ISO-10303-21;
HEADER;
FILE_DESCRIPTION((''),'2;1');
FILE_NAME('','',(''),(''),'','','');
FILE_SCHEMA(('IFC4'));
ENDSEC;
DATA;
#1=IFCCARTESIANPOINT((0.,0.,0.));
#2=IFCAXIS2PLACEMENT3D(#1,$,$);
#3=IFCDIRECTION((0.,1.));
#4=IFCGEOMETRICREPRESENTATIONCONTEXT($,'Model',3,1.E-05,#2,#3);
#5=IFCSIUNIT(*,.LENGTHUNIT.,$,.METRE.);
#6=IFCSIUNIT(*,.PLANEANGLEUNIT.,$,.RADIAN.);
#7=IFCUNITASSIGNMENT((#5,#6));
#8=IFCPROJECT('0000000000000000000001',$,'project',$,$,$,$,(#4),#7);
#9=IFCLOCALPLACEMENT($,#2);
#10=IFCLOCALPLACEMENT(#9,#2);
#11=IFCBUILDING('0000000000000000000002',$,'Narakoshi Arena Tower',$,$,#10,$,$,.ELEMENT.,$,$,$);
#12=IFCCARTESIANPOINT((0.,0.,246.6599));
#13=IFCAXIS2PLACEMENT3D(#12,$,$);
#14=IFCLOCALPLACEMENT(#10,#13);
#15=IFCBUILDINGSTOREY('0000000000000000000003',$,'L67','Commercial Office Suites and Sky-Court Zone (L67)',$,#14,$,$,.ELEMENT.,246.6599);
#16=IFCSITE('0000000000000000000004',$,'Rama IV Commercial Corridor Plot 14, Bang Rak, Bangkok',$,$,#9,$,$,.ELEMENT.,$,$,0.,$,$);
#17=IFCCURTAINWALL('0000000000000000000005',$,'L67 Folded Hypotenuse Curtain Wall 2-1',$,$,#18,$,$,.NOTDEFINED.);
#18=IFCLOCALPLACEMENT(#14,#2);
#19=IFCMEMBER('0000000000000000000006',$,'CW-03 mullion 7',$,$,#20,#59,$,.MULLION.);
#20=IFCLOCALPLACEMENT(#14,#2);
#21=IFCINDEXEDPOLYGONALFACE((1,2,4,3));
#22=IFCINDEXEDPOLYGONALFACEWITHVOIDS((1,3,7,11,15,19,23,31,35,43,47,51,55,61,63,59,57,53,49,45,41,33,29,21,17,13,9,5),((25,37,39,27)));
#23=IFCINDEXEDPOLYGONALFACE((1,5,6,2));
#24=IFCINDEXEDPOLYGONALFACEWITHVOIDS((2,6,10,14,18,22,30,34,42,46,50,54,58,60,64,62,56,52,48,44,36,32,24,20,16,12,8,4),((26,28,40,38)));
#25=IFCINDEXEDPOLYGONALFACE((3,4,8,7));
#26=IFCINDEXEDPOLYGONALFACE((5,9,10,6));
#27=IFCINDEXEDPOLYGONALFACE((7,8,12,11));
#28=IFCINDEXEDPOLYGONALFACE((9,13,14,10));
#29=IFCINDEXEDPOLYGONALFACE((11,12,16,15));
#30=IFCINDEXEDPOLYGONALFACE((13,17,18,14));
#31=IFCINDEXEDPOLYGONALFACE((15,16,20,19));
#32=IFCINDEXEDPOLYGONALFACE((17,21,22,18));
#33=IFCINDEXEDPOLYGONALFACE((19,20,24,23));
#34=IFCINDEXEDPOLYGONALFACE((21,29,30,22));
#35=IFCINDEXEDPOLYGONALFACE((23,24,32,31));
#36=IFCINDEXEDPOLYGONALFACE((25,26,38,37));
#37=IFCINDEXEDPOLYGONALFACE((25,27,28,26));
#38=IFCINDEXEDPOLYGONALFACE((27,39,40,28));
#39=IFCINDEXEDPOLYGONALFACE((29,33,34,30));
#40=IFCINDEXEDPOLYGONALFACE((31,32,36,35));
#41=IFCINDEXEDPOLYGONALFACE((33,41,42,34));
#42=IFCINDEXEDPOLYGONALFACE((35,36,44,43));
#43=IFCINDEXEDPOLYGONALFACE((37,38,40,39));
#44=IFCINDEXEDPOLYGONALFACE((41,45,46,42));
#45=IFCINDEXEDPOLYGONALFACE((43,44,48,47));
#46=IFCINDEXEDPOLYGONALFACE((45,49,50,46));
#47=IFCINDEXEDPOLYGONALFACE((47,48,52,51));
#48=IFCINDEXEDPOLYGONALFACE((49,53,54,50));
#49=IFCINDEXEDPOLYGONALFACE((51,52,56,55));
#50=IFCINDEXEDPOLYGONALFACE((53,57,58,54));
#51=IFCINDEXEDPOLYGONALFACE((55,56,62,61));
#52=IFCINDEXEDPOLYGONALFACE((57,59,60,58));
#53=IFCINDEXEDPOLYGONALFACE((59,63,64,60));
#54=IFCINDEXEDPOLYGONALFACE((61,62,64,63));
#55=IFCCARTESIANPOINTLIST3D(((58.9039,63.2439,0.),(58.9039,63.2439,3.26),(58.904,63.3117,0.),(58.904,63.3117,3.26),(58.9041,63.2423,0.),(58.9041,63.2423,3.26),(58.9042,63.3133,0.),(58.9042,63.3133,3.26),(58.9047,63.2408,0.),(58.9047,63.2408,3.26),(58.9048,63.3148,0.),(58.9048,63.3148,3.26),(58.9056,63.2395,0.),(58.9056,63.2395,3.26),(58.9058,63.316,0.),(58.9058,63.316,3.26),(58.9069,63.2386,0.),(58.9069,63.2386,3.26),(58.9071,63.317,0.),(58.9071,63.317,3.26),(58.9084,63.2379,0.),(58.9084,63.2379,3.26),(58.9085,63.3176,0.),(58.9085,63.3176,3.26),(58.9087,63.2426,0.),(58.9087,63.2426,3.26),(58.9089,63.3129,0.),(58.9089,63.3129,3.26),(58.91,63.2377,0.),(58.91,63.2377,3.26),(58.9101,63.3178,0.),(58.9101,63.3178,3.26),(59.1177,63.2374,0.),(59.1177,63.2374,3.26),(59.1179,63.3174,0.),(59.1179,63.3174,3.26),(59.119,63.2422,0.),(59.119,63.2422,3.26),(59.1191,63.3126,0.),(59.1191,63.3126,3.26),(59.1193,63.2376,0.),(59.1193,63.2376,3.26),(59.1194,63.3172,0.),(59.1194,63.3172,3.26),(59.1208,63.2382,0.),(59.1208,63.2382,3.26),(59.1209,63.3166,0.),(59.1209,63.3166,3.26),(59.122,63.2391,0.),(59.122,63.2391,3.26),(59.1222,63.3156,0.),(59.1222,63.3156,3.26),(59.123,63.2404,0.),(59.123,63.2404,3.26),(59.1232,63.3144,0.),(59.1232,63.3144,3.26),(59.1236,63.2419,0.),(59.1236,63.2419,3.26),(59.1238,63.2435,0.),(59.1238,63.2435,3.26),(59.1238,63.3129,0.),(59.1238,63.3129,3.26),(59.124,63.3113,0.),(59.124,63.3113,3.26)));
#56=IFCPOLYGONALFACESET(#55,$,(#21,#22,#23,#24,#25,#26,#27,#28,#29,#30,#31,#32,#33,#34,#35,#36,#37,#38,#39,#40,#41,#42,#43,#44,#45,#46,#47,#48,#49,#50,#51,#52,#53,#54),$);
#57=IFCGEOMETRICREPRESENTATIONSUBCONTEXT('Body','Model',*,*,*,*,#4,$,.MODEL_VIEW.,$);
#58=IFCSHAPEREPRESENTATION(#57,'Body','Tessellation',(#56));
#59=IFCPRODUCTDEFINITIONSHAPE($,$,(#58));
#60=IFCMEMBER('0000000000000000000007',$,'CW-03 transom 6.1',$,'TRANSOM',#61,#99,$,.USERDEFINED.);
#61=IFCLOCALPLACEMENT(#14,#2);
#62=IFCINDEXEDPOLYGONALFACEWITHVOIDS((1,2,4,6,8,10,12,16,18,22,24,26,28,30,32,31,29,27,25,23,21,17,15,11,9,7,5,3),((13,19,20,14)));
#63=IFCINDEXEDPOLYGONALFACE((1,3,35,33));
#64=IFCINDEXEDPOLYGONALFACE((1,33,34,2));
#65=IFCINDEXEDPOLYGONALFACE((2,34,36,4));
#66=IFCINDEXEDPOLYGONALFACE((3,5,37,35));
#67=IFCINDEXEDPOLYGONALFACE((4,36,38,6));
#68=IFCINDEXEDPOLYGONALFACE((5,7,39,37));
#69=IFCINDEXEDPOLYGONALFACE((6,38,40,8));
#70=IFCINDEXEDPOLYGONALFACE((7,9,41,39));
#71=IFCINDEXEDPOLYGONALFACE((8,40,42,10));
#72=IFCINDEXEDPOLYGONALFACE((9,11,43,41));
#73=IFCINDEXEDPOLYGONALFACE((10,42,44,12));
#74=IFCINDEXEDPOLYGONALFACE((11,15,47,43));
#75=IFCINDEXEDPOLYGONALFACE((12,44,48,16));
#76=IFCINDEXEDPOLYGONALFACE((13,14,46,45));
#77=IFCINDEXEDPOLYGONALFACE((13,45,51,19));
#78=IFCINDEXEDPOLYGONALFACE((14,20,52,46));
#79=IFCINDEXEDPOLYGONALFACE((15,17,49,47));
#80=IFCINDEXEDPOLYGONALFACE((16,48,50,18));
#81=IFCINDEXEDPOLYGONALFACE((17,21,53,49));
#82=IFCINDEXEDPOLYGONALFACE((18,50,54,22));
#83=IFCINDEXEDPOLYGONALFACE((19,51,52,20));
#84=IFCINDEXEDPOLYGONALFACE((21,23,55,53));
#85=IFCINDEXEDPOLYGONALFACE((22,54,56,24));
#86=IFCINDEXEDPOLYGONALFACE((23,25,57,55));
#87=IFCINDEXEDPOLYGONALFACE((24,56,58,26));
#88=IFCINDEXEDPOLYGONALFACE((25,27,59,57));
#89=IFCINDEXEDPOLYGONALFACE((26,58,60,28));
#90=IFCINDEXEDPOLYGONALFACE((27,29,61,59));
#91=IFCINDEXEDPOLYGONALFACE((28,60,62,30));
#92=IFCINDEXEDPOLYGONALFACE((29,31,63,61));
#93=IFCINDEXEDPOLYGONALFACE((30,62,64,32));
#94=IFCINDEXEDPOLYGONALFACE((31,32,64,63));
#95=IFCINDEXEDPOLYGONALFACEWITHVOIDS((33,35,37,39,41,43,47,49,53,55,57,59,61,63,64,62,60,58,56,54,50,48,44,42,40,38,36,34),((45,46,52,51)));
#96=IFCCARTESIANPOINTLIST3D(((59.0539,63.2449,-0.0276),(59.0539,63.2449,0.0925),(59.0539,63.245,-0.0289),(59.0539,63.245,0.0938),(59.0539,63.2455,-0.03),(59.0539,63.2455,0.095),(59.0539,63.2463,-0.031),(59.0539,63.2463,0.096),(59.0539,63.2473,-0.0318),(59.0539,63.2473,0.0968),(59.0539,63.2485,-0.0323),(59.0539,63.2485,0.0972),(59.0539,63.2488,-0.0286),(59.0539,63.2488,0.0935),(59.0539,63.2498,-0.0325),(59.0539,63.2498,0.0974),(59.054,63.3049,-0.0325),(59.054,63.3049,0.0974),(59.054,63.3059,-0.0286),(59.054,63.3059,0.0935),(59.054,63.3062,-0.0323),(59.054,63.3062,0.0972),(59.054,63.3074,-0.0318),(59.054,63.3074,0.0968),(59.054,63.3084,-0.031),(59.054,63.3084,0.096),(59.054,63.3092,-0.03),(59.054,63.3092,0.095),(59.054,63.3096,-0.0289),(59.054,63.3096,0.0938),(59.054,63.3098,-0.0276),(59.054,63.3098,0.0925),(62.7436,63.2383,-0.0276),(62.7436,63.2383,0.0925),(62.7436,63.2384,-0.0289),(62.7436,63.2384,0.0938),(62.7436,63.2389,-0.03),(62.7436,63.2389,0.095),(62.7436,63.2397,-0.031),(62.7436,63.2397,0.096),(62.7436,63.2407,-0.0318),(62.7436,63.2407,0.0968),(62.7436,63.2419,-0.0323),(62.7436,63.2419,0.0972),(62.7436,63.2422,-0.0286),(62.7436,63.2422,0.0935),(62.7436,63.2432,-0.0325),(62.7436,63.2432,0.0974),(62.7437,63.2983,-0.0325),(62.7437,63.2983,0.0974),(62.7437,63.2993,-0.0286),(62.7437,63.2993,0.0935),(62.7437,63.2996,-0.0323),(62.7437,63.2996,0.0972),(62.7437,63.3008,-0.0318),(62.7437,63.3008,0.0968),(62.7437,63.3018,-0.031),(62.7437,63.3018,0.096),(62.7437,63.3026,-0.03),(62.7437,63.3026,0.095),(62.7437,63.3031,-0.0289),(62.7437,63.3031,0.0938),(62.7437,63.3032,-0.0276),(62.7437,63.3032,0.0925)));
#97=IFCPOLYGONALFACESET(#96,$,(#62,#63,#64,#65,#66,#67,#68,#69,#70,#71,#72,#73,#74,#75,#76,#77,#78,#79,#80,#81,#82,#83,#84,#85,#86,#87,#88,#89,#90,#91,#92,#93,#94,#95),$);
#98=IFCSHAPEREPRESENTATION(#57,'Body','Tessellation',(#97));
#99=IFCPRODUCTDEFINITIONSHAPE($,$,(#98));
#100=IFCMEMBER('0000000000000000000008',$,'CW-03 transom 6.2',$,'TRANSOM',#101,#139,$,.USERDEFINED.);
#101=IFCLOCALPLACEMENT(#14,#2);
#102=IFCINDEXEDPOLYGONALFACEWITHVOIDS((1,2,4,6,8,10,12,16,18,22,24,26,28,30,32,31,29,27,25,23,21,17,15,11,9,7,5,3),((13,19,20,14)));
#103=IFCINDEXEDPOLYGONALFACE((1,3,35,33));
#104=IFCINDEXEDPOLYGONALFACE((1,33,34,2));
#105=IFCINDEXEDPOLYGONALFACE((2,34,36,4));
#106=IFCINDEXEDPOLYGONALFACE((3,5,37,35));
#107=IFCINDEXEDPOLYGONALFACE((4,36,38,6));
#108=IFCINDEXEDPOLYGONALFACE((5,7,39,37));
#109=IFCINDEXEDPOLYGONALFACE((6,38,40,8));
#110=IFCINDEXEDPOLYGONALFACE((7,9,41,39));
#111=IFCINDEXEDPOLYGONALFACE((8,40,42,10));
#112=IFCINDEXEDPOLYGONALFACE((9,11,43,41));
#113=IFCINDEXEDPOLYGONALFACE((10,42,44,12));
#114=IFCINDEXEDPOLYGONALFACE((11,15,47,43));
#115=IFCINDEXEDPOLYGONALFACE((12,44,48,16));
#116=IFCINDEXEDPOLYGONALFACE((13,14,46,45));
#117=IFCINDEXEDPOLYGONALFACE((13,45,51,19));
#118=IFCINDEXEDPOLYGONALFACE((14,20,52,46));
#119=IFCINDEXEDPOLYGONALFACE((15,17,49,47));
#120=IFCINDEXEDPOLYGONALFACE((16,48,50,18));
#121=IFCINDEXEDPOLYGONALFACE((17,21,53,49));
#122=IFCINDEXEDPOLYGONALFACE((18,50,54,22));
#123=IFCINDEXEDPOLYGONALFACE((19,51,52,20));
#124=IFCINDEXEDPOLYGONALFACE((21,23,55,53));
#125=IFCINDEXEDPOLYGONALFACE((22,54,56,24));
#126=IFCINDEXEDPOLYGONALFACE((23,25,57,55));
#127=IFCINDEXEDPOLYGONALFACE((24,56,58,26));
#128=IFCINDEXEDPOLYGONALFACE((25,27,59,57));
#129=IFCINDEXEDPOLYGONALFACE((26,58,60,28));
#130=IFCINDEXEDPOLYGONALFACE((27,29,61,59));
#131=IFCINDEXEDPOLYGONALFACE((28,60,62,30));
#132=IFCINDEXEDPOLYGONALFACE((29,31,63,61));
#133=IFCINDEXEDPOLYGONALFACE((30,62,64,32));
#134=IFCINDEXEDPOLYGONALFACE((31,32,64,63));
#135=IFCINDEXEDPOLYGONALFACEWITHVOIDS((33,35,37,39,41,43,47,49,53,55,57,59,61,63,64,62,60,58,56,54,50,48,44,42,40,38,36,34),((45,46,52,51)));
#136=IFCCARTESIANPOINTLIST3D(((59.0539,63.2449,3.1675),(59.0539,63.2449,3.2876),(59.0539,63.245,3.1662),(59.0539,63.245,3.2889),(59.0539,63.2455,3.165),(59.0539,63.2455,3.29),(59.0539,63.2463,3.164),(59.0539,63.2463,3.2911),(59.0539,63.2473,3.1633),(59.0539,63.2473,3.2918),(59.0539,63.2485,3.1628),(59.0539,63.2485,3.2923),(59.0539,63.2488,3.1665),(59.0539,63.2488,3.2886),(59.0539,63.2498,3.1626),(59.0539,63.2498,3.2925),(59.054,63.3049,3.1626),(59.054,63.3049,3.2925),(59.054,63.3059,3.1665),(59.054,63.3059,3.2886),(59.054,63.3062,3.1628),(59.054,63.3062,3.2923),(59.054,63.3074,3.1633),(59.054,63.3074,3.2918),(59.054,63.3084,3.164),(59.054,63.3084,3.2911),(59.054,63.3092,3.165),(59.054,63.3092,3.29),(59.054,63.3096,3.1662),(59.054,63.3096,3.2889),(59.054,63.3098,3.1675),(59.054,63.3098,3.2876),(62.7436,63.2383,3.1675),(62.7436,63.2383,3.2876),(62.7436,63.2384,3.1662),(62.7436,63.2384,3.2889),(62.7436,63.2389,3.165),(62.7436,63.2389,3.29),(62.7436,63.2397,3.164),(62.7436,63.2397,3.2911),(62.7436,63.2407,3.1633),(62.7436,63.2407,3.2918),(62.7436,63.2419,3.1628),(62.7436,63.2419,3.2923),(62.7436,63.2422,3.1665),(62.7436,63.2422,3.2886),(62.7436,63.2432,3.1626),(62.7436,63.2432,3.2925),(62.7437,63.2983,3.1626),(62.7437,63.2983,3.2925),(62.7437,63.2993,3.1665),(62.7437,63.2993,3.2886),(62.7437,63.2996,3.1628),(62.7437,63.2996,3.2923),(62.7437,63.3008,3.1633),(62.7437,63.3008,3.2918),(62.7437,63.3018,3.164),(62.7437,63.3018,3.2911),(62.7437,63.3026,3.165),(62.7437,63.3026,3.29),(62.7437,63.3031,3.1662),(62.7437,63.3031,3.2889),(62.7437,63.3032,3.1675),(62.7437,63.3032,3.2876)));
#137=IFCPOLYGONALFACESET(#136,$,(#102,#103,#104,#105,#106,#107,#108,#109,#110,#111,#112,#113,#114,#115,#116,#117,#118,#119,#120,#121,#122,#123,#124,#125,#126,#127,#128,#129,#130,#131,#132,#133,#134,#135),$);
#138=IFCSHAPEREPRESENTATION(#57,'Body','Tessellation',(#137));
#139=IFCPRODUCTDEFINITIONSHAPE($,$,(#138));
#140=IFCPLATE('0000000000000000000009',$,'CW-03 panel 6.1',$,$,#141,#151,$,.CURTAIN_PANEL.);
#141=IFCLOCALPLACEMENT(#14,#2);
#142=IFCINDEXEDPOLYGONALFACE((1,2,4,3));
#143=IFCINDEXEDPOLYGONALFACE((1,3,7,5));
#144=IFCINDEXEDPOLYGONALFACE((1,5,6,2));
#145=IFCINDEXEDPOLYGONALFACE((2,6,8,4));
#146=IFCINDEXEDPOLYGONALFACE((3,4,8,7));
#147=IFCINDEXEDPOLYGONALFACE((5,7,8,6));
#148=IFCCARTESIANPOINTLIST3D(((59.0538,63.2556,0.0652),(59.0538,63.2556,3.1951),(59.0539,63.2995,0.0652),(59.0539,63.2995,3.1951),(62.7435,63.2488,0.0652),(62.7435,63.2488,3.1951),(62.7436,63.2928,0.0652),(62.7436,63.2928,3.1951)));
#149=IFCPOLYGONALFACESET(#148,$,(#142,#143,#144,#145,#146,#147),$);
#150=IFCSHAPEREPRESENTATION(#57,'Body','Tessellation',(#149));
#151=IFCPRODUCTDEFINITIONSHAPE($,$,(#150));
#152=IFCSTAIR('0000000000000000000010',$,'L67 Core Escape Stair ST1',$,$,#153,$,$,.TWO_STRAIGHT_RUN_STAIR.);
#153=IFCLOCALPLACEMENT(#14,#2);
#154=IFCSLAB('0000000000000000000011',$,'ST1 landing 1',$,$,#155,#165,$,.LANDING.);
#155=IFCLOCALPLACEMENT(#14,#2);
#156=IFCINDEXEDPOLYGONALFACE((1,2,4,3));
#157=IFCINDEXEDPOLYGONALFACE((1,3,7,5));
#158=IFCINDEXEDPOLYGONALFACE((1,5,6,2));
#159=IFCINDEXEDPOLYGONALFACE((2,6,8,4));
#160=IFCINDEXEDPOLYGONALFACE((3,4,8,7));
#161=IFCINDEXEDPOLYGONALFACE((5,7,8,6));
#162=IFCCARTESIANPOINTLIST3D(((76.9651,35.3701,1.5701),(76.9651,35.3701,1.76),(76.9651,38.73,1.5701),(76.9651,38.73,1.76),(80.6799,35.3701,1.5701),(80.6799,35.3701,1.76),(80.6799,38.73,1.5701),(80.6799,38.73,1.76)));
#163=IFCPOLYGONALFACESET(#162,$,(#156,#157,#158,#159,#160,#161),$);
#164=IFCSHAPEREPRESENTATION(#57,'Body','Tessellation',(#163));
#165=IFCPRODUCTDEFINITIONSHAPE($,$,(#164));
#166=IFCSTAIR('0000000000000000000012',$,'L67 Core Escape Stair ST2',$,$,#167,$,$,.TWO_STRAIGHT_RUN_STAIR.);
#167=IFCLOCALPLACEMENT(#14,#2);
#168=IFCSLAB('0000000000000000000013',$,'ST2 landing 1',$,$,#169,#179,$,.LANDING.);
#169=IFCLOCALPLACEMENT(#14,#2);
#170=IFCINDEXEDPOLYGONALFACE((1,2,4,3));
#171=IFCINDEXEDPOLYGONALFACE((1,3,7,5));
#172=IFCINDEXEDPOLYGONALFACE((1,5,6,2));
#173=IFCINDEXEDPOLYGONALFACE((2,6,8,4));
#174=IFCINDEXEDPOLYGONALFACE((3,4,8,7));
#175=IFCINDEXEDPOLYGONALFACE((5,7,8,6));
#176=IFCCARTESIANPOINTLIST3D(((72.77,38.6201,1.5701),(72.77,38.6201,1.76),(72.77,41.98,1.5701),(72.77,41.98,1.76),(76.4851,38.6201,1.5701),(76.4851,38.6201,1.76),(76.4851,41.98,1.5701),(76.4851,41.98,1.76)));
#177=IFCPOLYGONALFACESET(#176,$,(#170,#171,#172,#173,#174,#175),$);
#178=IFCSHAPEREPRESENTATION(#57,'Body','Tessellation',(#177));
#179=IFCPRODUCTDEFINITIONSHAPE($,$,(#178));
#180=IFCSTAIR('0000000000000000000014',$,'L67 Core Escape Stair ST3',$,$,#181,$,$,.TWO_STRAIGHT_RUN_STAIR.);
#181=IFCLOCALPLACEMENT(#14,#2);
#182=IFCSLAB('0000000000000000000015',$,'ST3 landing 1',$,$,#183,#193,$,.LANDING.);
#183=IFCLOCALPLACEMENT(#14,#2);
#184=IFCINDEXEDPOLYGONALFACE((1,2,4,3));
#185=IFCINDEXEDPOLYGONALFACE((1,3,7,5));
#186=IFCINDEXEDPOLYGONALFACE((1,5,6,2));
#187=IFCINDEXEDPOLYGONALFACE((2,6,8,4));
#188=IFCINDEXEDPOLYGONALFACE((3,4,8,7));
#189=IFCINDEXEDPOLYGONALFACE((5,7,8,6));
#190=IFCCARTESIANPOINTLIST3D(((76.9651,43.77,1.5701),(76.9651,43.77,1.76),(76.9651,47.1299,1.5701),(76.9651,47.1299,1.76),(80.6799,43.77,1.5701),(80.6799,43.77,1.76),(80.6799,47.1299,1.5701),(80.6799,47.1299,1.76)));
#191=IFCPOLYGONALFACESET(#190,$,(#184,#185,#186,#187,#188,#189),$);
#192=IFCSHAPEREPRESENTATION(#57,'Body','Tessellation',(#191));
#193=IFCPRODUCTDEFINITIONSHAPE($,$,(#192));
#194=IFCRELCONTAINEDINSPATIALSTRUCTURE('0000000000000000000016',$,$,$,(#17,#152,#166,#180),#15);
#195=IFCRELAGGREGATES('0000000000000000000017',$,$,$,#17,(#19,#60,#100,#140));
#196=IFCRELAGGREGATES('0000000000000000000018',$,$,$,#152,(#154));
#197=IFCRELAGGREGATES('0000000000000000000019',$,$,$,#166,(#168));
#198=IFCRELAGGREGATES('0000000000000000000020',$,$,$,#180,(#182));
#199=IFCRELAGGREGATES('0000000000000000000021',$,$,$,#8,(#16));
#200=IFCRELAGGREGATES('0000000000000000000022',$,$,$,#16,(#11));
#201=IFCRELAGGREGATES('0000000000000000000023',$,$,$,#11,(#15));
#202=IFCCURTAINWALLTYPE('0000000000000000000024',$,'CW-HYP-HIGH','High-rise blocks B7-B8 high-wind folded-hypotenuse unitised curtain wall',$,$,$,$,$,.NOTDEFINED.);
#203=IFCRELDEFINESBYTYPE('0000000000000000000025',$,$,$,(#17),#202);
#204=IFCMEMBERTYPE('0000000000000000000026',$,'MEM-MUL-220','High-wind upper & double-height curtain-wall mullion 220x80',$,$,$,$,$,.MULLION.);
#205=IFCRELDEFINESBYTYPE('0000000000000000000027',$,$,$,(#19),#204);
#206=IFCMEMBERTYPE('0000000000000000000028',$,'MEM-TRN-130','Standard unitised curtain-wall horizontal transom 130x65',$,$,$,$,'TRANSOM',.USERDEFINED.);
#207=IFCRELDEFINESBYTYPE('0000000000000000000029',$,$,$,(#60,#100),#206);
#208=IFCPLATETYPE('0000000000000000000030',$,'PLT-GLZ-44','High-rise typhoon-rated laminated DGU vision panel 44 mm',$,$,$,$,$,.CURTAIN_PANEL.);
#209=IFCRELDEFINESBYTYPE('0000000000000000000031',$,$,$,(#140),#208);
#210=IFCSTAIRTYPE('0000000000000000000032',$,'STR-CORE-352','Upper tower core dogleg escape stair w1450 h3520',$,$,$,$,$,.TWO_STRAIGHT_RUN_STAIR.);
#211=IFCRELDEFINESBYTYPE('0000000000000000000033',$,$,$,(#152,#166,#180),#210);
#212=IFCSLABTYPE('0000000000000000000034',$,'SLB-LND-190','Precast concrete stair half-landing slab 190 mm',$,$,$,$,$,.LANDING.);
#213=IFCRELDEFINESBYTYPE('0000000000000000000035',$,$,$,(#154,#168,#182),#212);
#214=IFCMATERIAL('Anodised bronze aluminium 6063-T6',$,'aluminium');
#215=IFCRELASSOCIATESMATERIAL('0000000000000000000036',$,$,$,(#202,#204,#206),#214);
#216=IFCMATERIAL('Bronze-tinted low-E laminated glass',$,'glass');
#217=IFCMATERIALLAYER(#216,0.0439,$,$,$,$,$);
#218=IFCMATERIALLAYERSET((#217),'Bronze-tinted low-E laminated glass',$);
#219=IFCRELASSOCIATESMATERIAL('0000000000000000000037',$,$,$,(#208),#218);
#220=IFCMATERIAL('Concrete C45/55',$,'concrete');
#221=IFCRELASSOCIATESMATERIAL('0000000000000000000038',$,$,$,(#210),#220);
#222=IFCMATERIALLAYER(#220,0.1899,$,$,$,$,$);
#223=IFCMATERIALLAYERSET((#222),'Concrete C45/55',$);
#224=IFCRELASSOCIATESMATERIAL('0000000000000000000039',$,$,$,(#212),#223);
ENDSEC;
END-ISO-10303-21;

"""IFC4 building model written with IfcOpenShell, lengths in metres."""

from ifc_helpers import new_model, si_unit, direction, frame, origin, origin_2d, place, context, subcontext, project, spatial, polyline, rectangle, hollow_rectangle, outline, extrude, material, layer, layer_set, material_profile, profile_set, type_object, element, aggregate, save


model = new_model("IFC4")

# Units and contexts
model_context = context("Model", 3, precision=1e-05, world=origin(), true_north=direction((0.0, 1.0)))
body_context = subcontext(model_context, "Body", "Model", "MODEL_VIEW")
ifc_project = project(units=[si_unit("LENGTHUNIT", "METRE"), si_unit("PLANEANGLEUNIT", "RADIAN")], contexts=[model_context])

# Site, building, storey
site_placement = place(None, origin())
site = spatial("IfcSite", under=ifc_project, at=site_placement, Name="Rama IV Commercial Corridor Plot 14, Bang Rak, Bangkok", CompositionType="ELEMENT", RefElevation=0.0)
building_placement = place(site_placement, origin())
building = spatial("IfcBuilding", under=site, at=building_placement, Name="Narakoshi Arena Tower", CompositionType="ELEMENT")
storey_placement = place(building_placement, frame((0.0, 0.0, 246.6599)))
storey = spatial("IfcBuildingStorey", under=building, at=storey_placement, Name="L67", Description="Commercial Office Suites and Sky-Court Zone (L67)", CompositionType="ELEMENT", Elevation=246.6599)

# Curtain wall, members, plate
ifc_material_1 = material(Name="Anodised bronze aluminium 6063-T6", Category="aluminium")
curtain_wall_type = type_object("IfcCurtainWallType", Name="CW-HYP-HIGH", Description="High-rise blocks B7-B8 high-wind folded-hypotenuse unitised curtain wall", PredefinedType="NOTDEFINED", material=ifc_material_1)
curtain_wall_placement = place(storey_placement, origin())
curtain_wall = element("IfcCurtainWall", 1, at=curtain_wall_placement, inside=storey, type_object=curtain_wall_type, Name="L67 Folded Hypotenuse Curtain Wall 2-1", PredefinedType="NOTDEFINED")
ifc_material_profile_1 = material_profile(ifc_material_1, hollow_rectangle(XDim=0.0801, YDim=0.22, WallThickness=0.0049, OuterFilletRadius=0.0061, at=origin_2d()), Name="MUL220x80x5")
ifc_profile_set_1 = profile_set([ifc_material_profile_1], Name="Anodised bronze aluminium 6063-T6")
member_type_1 = type_object("IfcMemberType", Name="MEM-MUL-220", Description="High-wind upper & double-height curtain-wall mullion 220x80", PredefinedType="MULLION", material=ifc_profile_set_1)
member_1_placement = place(storey_placement, frame((59.0139, 63.2776, 0.0), z_axis=(0.0, 0.0, 1.0), x_axis=(-0.00182, -0.999998, 0.0)))
member_1 = element("IfcMember", 2, at=member_1_placement, type_object=member_type_1, Name="CW-03 mullion 7", PredefinedType="MULLION", context=body_context, shape_type="SweptSolid", body=[
    extrude(hollow_rectangle(XDim=0.0801, YDim=0.22, WallThickness=0.0049, OuterFilletRadius=0.0061, at=origin_2d()), origin(), (0.0, 0.0, 1.0), 3.26),
])
ifc_material_profile_2 = material_profile(ifc_material_1, hollow_rectangle(XDim=0.0649, YDim=0.1299, WallThickness=0.0039, OuterFilletRadius=0.0049, at=origin_2d()), Name="TRN130x65x4")
ifc_profile_set_2 = profile_set([ifc_material_profile_2], Name="Anodised bronze aluminium 6063-T6")
member_type_2 = type_object("IfcMemberType", Name="MEM-TRN-130", Description="Standard unitised curtain-wall horizontal transom 130x65", ElementType="TRANSOM", PredefinedType="USERDEFINED", material=ifc_profile_set_2)
member_2_placement = place(storey_placement, frame((62.7437, 63.2708, 0.0325), z_axis=(-0.999998, 0.001787, 0.0), x_axis=(-0.001787, -0.999998, 0.0)))
member_2 = element("IfcMember", 3, at=member_2_placement, type_object=member_type_2, Name="CW-03 transom 6.1", ObjectType="TRANSOM", PredefinedType="USERDEFINED", context=body_context, shape_type="SweptSolid", body=[
    extrude(hollow_rectangle(XDim=0.0649, YDim=0.1299, WallThickness=0.0039, OuterFilletRadius=0.0049, at=origin_2d()), origin(), (0.0, 0.0, 1.0), 3.6897),
])
member_3_placement = place(storey_placement, frame((62.7437, 63.2708, 3.2275), z_axis=(-0.999998, 0.001787, 0.0), x_axis=(-0.001787, -0.999998, 0.0)))
member_3 = element("IfcMember", 4, at=member_3_placement, type_object=member_type_2, Name="CW-03 transom 6.2", ObjectType="TRANSOM", PredefinedType="USERDEFINED", context=body_context, shape_type="SweptSolid", body=[
    extrude(hollow_rectangle(XDim=0.0649, YDim=0.1299, WallThickness=0.0039, OuterFilletRadius=0.0049, at=origin_2d()), origin(), (0.0, 0.0, 1.0), 3.6897),
])
ifc_material_2 = material(Name="Bronze-tinted low-E laminated glass", Category="glass")
ifc_layer_1 = layer(ifc_material_2, 0.0439)
ifc_layer_set_1 = layer_set([ifc_layer_1], Name="Bronze-tinted low-E laminated glass")
plate_type = type_object("IfcPlateType", Name="PLT-GLZ-44", Description="High-rise typhoon-rated laminated DGU vision panel 44 mm", PredefinedType="CURTAIN_PANEL", material=ifc_layer_set_1)
plate_placement = place(storey_placement, frame((60.8987, 63.2742, 0.0652), z_axis=(0.0, 0.0, 1.0), x_axis=(-0.999998, 0.00182, 0.0)))
plate = element("IfcPlate", 5, at=plate_placement, type_object=plate_type, Name="CW-03 panel 6.1", PredefinedType="CURTAIN_PANEL", context=body_context, shape_type="SweptSolid", body=[
    extrude(rectangle(XDim=3.6897, YDim=0.0439, at=origin_2d()), origin(), (0.0, 0.0, 1.0), 3.1299),
])
aggregate(curtain_wall, [member_1, member_2, member_3, plate])

# Stairs, slabs
ifc_material_3 = material(Name="Concrete C45/55", Category="concrete")
stair_type = type_object("IfcStairType", Name="STR-CORE-352", Description="Upper tower core dogleg escape stair w1450 h3520", PredefinedType="TWO_STRAIGHT_RUN_STAIR", material=ifc_material_3)
stair_1_placement = place(storey_placement, origin())
stair_1 = element("IfcStair", 6, at=stair_1_placement, inside=storey, type_object=stair_type, Name="L67 Core Escape Stair ST1", PredefinedType="TWO_STRAIGHT_RUN_STAIR")
ifc_layer_2 = layer(ifc_material_3, 0.1899)
ifc_layer_set_2 = layer_set([ifc_layer_2], Name="Concrete C45/55")
slab_type_1 = type_object("IfcSlabType", Name="SLB-LND-190", Description="Precast concrete stair half-landing slab 190 mm", PredefinedType="LANDING", material=ifc_layer_set_2)
slab_1_placement = place(storey_placement, frame((0.0, 0.0, 1.5701)))
slab_1 = element("IfcSlab", 7, at=slab_1_placement, type_object=slab_type_1, Name="ST1 landing 1", PredefinedType="LANDING", context=body_context, shape_type="SweptSolid", body=[
    extrude(outline(polyline([(76.9651, 35.3701), (80.6799, 35.3701), (80.6799, 38.73), (76.9651, 38.73), (76.9651, 35.3701)])), origin(), (0.0, 0.0, 1.0), 0.1899),
])
aggregate(stair_1, [slab_1])
stair_2_placement = place(storey_placement, origin())
stair_2 = element("IfcStair", 8, at=stair_2_placement, inside=storey, type_object=stair_type, Name="L67 Core Escape Stair ST2", PredefinedType="TWO_STRAIGHT_RUN_STAIR")
slab_2_placement = place(storey_placement, frame((0.0, 0.0, 1.5701)))
slab_2 = element("IfcSlab", 9, at=slab_2_placement, type_object=slab_type_1, Name="ST2 landing 1", PredefinedType="LANDING", context=body_context, shape_type="SweptSolid", body=[
    extrude(outline(polyline([(72.77, 38.6201), (76.4851, 38.6201), (76.4851, 41.98), (72.77, 41.98), (72.77, 38.6201)])), origin(), (0.0, 0.0, 1.0), 0.1899),
])
aggregate(stair_2, [slab_2])
stair_3_placement = place(storey_placement, origin())
stair_3 = element("IfcStair", 10, at=stair_3_placement, inside=storey, type_object=stair_type, Name="L67 Core Escape Stair ST3", PredefinedType="TWO_STRAIGHT_RUN_STAIR")
slab_3_placement = place(storey_placement, frame((0.0, 0.0, 1.5701)))
slab_3 = element("IfcSlab", 11, at=slab_3_placement, type_object=slab_type_1, Name="ST3 landing 1", PredefinedType="LANDING", context=body_context, shape_type="SweptSolid", body=[
    extrude(outline(polyline([(76.9651, 43.77), (80.6799, 43.77), (80.6799, 47.1299), (76.9651, 47.1299), (76.9651, 43.77)])), origin(), (0.0, 0.0, 1.0), 0.1899),
])
aggregate(stair_3, [slab_3])

save(model, "model.ifc")
